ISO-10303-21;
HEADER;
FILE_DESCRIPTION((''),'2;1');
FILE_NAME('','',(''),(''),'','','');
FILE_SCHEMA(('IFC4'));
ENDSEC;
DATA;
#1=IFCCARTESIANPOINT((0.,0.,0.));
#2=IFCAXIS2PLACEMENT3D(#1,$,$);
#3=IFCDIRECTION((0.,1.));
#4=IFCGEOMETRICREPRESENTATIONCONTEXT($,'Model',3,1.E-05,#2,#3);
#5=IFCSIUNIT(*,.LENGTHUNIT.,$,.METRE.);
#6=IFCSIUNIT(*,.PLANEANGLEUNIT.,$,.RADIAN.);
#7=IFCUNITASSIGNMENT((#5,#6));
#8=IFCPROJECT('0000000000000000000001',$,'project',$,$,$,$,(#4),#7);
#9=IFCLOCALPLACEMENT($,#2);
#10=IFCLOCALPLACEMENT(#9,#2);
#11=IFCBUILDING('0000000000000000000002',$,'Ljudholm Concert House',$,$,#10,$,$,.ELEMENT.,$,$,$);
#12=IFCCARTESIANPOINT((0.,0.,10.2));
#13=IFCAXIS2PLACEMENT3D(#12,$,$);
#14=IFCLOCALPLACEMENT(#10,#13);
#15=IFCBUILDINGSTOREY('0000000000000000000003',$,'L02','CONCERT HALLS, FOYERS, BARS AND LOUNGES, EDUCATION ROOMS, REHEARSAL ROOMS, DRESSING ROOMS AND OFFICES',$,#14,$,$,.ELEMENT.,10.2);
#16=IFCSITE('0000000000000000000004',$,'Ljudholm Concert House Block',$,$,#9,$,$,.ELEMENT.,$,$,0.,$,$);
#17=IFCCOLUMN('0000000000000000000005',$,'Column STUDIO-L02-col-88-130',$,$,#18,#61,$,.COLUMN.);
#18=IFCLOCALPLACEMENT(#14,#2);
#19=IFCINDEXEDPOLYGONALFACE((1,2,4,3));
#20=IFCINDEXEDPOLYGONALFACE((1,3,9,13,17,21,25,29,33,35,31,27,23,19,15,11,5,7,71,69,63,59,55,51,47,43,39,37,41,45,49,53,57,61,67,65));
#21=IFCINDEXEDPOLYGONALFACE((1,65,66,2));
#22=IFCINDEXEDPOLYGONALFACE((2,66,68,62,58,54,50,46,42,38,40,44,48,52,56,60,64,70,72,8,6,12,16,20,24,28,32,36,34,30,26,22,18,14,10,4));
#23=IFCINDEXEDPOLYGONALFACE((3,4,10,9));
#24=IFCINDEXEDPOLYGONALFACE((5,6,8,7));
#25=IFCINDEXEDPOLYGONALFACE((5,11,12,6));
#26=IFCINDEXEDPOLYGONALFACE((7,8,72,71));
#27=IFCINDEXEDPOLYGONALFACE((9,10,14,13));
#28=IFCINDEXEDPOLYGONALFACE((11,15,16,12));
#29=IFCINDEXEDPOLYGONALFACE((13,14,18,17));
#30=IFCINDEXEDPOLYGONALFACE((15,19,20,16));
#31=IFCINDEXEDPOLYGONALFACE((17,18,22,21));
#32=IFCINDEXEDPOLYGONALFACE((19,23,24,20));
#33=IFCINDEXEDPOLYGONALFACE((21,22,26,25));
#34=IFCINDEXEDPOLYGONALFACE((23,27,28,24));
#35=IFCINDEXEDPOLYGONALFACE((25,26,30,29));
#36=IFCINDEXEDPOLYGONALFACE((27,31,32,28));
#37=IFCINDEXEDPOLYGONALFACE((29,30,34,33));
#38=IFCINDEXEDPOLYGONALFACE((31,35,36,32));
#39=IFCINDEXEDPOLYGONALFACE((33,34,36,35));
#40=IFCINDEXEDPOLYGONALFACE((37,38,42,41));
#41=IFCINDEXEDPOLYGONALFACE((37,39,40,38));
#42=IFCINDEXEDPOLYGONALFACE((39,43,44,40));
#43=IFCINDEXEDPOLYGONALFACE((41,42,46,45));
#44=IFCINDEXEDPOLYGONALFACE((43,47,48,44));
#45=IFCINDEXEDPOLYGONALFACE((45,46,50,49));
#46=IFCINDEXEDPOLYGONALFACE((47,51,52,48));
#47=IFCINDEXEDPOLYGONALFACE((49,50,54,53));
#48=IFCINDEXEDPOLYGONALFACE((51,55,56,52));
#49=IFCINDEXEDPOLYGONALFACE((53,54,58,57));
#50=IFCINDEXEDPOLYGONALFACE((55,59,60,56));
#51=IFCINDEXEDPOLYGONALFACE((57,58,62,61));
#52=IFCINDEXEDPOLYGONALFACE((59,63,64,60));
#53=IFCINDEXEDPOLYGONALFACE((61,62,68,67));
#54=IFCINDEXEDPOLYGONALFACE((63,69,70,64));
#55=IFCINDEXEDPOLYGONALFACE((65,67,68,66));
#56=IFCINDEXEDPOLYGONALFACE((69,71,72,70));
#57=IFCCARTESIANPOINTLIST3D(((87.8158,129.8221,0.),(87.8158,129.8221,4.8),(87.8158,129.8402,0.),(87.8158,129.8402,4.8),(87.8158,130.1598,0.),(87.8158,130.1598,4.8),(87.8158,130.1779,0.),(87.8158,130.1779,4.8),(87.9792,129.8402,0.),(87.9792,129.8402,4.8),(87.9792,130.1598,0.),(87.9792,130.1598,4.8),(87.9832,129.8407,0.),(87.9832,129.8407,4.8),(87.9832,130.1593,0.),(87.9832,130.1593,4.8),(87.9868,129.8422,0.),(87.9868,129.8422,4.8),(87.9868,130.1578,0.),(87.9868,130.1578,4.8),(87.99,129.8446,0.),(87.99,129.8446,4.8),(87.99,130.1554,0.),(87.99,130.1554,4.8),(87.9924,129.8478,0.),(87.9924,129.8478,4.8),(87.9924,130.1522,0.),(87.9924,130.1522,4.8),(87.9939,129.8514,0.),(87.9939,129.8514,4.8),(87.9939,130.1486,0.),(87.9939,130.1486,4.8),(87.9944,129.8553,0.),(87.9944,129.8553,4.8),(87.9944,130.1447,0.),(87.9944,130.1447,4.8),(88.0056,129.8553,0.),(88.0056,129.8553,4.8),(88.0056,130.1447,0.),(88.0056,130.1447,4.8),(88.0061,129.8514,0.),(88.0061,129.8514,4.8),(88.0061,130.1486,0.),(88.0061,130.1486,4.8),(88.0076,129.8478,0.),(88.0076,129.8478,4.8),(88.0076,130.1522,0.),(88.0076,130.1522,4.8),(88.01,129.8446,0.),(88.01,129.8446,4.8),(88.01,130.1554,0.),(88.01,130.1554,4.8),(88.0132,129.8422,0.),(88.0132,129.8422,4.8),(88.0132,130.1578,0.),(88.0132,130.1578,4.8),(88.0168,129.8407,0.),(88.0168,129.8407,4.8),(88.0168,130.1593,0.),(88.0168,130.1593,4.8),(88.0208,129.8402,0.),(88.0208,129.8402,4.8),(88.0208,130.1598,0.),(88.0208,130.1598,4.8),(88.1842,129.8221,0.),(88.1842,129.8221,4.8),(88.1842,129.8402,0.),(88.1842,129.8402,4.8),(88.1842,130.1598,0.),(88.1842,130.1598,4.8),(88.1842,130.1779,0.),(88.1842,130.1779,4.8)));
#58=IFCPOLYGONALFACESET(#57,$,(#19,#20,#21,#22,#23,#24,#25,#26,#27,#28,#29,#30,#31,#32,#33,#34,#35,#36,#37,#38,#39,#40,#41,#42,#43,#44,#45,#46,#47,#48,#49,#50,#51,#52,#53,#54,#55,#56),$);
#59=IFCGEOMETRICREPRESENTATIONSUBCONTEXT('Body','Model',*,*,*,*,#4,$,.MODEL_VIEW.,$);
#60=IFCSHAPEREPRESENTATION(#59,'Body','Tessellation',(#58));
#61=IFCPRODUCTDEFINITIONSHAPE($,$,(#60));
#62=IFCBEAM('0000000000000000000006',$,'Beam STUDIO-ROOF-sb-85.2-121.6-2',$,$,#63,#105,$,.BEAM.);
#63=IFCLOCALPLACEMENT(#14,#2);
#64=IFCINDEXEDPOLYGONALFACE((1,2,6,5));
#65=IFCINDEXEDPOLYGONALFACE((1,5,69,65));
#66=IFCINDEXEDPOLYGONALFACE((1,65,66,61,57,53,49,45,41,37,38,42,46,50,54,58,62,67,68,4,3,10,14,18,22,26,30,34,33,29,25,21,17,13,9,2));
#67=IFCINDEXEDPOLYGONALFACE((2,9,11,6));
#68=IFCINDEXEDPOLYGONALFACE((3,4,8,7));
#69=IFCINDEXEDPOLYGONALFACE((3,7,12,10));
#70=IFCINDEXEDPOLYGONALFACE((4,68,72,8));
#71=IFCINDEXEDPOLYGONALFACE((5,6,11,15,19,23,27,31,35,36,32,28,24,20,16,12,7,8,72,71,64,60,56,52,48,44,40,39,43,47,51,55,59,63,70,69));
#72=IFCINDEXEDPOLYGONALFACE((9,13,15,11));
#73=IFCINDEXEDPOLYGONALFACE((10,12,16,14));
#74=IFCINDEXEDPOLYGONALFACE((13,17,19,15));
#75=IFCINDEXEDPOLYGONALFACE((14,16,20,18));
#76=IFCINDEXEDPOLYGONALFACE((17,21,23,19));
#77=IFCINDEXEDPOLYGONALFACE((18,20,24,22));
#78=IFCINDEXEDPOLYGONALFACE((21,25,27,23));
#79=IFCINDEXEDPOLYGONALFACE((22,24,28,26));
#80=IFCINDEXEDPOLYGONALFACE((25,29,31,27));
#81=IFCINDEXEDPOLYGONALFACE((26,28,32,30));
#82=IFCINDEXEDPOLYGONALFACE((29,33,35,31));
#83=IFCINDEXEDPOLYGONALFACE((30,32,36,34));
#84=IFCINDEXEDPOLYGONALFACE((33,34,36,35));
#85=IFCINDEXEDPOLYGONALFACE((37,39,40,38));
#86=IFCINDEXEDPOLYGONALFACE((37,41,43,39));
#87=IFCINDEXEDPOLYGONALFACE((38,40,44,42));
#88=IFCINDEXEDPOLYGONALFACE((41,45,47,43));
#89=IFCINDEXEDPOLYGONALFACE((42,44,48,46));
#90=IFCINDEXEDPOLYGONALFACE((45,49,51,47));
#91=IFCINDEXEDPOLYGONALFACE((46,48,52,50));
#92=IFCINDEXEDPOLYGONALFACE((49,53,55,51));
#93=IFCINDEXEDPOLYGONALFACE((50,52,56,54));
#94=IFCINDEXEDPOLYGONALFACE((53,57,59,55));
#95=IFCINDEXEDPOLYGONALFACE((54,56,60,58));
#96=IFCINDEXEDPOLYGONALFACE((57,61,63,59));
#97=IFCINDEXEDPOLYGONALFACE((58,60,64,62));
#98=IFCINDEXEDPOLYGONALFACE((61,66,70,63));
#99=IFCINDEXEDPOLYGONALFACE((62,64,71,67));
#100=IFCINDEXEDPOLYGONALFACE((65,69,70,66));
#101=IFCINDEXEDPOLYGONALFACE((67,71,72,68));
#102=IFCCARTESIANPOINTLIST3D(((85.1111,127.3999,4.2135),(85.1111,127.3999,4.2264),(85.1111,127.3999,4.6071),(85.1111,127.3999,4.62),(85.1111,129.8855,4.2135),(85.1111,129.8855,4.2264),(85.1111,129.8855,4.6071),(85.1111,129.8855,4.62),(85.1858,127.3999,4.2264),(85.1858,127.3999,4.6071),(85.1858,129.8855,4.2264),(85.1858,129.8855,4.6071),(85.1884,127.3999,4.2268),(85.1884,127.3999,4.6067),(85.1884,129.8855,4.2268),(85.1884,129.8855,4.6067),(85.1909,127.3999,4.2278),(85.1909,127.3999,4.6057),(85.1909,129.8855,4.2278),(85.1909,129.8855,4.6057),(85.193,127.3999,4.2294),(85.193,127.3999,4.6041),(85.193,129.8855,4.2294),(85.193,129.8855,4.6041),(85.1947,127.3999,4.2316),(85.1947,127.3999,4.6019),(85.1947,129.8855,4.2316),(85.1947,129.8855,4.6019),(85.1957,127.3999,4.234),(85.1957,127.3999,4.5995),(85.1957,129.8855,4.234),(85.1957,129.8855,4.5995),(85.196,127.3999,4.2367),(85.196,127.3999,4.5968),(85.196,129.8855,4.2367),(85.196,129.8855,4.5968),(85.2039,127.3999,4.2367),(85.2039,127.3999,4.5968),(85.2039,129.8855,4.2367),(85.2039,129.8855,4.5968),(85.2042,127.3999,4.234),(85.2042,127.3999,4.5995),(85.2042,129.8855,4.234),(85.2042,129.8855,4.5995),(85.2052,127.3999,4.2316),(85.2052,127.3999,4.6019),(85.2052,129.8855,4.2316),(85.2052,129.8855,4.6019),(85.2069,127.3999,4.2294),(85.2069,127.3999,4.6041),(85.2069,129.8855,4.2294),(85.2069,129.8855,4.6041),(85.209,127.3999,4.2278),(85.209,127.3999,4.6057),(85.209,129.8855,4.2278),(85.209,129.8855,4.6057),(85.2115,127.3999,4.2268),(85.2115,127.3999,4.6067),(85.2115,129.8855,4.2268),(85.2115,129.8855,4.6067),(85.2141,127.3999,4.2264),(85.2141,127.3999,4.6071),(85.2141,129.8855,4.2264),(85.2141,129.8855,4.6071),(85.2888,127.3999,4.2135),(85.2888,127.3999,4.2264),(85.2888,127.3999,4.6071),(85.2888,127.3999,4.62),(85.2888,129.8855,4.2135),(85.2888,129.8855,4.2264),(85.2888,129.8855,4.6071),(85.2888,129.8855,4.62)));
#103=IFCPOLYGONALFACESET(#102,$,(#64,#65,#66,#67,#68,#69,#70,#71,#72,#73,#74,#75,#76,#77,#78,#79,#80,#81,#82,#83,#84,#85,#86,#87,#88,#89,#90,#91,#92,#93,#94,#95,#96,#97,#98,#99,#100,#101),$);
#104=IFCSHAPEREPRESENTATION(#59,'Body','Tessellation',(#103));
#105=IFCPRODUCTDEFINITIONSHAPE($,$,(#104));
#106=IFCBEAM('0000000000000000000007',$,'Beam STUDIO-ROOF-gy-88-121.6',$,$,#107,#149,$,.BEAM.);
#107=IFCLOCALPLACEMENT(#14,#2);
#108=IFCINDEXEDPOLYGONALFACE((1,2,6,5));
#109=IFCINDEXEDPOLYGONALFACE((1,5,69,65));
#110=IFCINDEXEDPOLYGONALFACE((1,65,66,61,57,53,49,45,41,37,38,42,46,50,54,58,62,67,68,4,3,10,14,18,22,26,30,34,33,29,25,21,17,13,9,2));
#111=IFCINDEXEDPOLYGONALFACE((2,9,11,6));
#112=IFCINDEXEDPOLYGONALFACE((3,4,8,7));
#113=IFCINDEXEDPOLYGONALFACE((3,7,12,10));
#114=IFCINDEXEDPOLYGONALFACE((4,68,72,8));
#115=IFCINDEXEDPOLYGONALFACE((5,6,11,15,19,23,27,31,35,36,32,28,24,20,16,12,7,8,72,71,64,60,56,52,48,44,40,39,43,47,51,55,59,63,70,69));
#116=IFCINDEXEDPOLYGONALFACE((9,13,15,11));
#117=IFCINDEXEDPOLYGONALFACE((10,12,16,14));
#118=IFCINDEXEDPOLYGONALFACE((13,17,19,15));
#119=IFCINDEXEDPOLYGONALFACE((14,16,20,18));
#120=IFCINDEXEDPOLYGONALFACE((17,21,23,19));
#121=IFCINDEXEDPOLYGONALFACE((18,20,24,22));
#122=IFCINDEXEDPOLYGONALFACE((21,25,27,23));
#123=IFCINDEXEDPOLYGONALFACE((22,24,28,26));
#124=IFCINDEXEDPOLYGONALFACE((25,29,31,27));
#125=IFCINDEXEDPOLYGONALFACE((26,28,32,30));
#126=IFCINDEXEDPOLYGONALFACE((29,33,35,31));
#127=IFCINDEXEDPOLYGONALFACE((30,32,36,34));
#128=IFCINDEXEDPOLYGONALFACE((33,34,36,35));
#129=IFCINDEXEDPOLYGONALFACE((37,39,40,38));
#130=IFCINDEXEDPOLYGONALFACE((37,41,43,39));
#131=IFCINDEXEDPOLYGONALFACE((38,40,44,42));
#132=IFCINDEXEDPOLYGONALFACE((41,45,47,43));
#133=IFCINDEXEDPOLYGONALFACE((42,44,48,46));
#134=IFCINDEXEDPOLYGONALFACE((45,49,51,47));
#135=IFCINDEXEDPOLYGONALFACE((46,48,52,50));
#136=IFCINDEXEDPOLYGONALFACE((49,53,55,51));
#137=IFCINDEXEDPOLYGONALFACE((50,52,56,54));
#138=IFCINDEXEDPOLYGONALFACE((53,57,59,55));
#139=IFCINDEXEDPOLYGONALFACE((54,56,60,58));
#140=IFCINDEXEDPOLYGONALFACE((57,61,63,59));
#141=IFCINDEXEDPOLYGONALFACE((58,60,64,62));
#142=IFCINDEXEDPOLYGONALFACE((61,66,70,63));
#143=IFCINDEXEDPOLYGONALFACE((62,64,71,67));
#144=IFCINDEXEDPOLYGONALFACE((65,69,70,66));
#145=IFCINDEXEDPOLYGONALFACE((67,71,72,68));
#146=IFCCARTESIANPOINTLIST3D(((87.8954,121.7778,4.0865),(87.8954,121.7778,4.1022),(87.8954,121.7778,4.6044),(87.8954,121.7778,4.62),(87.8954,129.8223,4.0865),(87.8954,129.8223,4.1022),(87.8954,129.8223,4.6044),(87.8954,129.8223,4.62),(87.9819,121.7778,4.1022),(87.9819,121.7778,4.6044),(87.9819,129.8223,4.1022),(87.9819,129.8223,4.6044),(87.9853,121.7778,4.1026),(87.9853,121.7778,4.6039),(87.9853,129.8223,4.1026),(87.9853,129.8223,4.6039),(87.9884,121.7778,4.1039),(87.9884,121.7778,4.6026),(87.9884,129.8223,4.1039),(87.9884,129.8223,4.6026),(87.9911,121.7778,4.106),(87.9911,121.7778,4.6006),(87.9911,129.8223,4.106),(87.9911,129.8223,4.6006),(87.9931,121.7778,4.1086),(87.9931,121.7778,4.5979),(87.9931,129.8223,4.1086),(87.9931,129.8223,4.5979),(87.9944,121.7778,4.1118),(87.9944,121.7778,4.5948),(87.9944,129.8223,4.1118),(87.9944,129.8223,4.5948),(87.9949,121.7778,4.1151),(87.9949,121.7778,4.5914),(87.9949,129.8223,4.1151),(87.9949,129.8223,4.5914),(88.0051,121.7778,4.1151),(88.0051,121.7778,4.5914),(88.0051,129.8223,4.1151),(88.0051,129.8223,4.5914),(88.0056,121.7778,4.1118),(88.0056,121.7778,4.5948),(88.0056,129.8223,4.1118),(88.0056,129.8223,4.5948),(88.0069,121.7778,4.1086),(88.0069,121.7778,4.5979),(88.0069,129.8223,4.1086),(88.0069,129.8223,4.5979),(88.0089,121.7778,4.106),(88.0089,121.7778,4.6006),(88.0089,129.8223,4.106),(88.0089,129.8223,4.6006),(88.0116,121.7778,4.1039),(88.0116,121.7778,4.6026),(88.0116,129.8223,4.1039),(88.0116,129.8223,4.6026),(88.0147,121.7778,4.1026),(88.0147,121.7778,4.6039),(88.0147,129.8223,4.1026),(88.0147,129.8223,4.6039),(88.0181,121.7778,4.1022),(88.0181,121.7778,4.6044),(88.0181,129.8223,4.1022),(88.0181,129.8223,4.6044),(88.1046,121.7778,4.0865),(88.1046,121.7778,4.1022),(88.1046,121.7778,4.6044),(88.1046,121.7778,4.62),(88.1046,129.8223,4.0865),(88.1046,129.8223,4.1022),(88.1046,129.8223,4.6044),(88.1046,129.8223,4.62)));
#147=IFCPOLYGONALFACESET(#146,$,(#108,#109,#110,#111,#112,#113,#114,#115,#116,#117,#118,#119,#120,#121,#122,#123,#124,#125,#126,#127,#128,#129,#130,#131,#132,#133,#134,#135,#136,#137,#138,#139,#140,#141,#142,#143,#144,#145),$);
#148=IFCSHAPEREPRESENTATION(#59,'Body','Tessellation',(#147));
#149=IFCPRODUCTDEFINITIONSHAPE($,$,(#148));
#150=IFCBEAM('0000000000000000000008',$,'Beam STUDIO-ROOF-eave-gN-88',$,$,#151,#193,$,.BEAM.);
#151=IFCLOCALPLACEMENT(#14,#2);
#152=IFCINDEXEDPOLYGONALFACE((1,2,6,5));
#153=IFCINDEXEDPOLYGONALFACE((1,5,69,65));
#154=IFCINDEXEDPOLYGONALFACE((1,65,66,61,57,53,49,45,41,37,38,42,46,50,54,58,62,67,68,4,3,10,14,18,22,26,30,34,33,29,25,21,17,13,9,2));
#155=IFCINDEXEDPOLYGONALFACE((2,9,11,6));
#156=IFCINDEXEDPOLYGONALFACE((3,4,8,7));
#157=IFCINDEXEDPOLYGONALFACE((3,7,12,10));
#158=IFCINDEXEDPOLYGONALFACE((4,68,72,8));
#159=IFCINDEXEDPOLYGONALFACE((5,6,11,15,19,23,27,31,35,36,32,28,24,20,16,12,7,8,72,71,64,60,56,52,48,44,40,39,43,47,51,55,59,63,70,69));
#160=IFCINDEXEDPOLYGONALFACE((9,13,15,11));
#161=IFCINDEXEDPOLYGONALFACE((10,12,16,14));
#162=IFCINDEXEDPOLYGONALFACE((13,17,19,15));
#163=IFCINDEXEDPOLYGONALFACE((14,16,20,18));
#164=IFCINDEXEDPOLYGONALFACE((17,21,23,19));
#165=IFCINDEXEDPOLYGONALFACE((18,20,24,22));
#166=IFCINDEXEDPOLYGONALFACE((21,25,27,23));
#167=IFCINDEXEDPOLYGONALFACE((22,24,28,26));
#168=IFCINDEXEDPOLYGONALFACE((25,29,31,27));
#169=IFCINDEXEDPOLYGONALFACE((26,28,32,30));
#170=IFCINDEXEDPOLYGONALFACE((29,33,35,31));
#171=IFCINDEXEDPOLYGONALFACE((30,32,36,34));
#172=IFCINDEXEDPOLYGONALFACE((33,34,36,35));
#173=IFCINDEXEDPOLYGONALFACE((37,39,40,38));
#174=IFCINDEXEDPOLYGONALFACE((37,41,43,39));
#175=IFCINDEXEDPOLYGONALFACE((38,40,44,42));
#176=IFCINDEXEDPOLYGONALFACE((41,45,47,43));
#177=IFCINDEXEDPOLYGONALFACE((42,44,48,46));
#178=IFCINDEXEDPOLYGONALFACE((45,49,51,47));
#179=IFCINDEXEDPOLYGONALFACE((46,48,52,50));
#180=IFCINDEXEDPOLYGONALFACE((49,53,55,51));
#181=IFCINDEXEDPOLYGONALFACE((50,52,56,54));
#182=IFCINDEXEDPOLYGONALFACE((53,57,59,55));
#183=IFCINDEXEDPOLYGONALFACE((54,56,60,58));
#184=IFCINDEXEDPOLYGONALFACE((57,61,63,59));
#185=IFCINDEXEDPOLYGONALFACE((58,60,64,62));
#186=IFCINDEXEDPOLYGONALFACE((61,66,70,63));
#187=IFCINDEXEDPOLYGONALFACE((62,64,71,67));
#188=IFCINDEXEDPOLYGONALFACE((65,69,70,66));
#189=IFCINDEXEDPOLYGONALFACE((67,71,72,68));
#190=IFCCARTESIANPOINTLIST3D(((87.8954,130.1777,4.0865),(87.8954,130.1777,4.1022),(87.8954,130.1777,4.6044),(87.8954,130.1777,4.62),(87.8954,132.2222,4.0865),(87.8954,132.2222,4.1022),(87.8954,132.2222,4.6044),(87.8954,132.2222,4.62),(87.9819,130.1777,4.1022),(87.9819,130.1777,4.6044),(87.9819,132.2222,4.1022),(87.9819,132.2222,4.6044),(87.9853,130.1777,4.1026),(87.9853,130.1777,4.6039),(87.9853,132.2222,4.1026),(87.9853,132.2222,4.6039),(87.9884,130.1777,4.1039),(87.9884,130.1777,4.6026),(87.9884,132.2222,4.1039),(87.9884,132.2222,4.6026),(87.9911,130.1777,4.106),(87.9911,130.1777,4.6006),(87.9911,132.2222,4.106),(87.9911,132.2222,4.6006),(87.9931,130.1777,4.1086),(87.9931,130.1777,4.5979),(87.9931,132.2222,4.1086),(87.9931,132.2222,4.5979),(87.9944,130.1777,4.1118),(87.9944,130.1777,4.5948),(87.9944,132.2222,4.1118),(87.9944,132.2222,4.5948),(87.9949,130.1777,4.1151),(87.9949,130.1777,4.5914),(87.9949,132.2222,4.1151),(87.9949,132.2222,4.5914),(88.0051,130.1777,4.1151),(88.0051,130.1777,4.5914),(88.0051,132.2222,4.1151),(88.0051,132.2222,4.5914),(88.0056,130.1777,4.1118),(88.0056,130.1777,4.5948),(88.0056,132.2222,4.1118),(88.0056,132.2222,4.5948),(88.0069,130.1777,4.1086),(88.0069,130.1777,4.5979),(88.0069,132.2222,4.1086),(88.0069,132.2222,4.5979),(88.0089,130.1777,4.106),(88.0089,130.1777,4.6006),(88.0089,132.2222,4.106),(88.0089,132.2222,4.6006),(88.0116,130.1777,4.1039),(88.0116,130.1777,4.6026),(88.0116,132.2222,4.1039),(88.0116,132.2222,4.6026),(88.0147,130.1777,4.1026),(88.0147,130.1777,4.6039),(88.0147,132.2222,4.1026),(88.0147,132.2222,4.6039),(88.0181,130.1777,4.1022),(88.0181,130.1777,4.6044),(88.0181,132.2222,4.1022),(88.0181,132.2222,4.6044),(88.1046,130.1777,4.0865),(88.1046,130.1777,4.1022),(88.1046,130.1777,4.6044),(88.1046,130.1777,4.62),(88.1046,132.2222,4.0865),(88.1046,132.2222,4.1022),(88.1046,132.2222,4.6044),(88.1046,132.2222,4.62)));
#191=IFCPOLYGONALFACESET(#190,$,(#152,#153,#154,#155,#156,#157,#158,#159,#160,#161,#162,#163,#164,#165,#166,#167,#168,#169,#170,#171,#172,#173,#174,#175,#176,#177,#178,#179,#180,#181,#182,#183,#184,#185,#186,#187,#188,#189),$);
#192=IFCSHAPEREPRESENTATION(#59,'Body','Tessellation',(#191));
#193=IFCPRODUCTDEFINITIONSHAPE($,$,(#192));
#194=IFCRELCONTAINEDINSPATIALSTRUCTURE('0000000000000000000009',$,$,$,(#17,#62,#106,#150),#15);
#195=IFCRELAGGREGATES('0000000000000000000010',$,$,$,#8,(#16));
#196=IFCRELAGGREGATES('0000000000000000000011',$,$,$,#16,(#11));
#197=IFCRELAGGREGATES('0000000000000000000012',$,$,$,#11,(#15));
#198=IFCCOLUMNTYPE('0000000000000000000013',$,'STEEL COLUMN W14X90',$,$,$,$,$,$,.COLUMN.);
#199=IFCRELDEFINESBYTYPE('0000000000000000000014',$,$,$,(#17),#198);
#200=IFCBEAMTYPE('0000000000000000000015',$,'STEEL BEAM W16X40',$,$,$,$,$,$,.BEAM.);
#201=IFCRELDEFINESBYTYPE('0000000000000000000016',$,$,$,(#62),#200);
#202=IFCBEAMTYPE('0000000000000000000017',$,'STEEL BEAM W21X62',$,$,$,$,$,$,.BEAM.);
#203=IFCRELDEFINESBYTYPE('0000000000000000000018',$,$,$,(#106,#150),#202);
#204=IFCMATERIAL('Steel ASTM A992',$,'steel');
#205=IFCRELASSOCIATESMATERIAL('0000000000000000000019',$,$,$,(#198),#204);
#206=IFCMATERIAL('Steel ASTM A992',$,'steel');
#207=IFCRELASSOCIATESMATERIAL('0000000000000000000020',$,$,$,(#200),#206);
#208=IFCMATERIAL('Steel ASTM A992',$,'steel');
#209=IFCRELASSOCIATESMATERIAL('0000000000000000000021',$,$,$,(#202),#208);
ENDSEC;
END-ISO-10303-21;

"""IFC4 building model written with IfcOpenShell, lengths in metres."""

from ifc_helpers import new_model, si_unit, direction, frame, origin, origin_2d, place, context, subcontext, project, spatial, i_section, extrude, material, material_profile, profile_set, type_object, element, save


model = new_model("IFC4")

# Units and contexts
model_context = context("Model", 3, precision=1e-05, world=origin(), true_north=direction((0.0, 1.0)))
body_context = subcontext(model_context, "Body", "Model", "MODEL_VIEW")
ifc_project = project(units=[si_unit("LENGTHUNIT", "METRE"), si_unit("PLANEANGLEUNIT", "RADIAN")], contexts=[model_context])

# Site, building, storey
site_placement = place(None, origin())
site = spatial("IfcSite", under=ifc_project, at=site_placement, Name="Ljudholm Concert House Block", CompositionType="ELEMENT", RefElevation=0.0)
building_placement = place(site_placement, origin())
building = spatial("IfcBuilding", under=site, at=building_placement, Name="Ljudholm Concert House", CompositionType="ELEMENT")
storey_placement = place(building_placement, frame((0.0, 0.0, 10.2)))
storey = spatial("IfcBuildingStorey", under=building, at=storey_placement, Name="L02", Description="CONCERT HALLS, FOYERS, BARS AND LOUNGES, EDUCATION ROOMS, REHEARSAL ROOMS, DRESSING ROOMS AND OFFICES", CompositionType="ELEMENT", Elevation=10.2)

# Column
ifc_material_1 = material(Name="Steel ASTM A992", Category="steel")
ifc_material_profile_1 = material_profile(ifc_material_1, i_section(OverallWidth=0.3684, OverallDepth=0.3557, WebThickness=0.0112, FlangeThickness=0.0181, FilletRadius=0.0151, at=origin_2d()), Name="W14X90")
ifc_profile_set_1 = profile_set([ifc_material_profile_1], Name="Steel ASTM A992")
column_type = type_object("IfcColumnType", Name="STEEL COLUMN W14X90", PredefinedType="COLUMN", material=ifc_profile_set_1)
column_placement = place(storey_placement, frame((88.0, 130.0, 0.0), z_axis=(0.0, 0.0, 1.0), x_axis=(1.0, 0.0, 0.0)))
element("IfcColumn", 1, at=column_placement, inside=storey, type_object=column_type, Name="Column STUDIO-L02-col-88-130", PredefinedType="COLUMN", context=body_context, shape_type="SweptSolid", body=[
    extrude(i_section(OverallWidth=0.3684, OverallDepth=0.3557, WebThickness=0.0112, FlangeThickness=0.0181, FilletRadius=0.0151, at=origin_2d()), origin(), (0.0, 0.0, 1.0), 4.8),
])

# Beams
ifc_material_2 = material(Name="Steel ASTM A992", Category="steel")
ifc_material_profile_2 = material_profile(ifc_material_2, i_section(OverallWidth=0.1777, OverallDepth=0.4065, WebThickness=0.0078, FlangeThickness=0.0129, FilletRadius=0.0103, at=origin_2d()), Name="W16X40")
ifc_profile_set_2 = profile_set([ifc_material_profile_2], Name="Steel ASTM A992")
beam_type_1 = type_object("IfcBeamType", Name="STEEL BEAM W16X40", PredefinedType="BEAM", material=ifc_profile_set_2)
beam_1_placement = place(storey_placement, frame((85.2, 127.3999, 4.4167), z_axis=(0.0, 1.0, 0.0), x_axis=(-1.0, 0.0, 0.0)))
element("IfcBeam", 2, at=beam_1_placement, inside=storey, type_object=beam_type_1, Name="Beam STUDIO-ROOF-sb-85.2-121.6-2", PredefinedType="BEAM", context=body_context, shape_type="SweptSolid", body=[
    extrude(i_section(OverallWidth=0.1777, OverallDepth=0.4065, WebThickness=0.0078, FlangeThickness=0.0129, FilletRadius=0.0103, at=origin_2d()), origin(), (0.0, 0.0, 1.0), 2.4856),
])
ifc_material_3 = material(Name="Steel ASTM A992", Category="steel")
ifc_material_profile_3 = material_profile(ifc_material_3, i_section(OverallWidth=0.2092, OverallDepth=0.5334, WebThickness=0.0103, FlangeThickness=0.0156, FilletRadius=0.0129, at=origin_2d()), Name="W21X62")
ifc_profile_set_3 = profile_set([ifc_material_profile_3], Name="Steel ASTM A992")
beam_type_2 = type_object("IfcBeamType", Name="STEEL BEAM W21X62", PredefinedType="BEAM", material=ifc_profile_set_3)
beam_2_placement = place(storey_placement, frame((88.0, 121.7778, 4.3533), z_axis=(0.0, 1.0, 0.0), x_axis=(-1.0, 0.0, 0.0)))
element("IfcBeam", 3, at=beam_2_placement, inside=storey, type_object=beam_type_2, Name="Beam STUDIO-ROOF-gy-88-121.6", PredefinedType="BEAM", context=body_context, shape_type="SweptSolid", body=[
    extrude(i_section(OverallWidth=0.2092, OverallDepth=0.5334, WebThickness=0.0103, FlangeThickness=0.0156, FilletRadius=0.0129, at=origin_2d()), origin(), (0.0, 0.0, 1.0), 8.0444),
])
beam_3_placement = place(storey_placement, frame((88.0, 130.1777, 4.3533), z_axis=(0.0, 1.0, 0.0), x_axis=(-1.0, 0.0, 0.0)))
element("IfcBeam", 4, at=beam_3_placement, inside=storey, type_object=beam_type_2, Name="Beam STUDIO-ROOF-eave-gN-88", PredefinedType="BEAM", context=body_context, shape_type="SweptSolid", body=[
    extrude(i_section(OverallWidth=0.2092, OverallDepth=0.5334, WebThickness=0.0103, FlangeThickness=0.0156, FilletRadius=0.0129, at=origin_2d()), origin(), (0.0, 0.0, 1.0), 2.0444),
])

save(model, "model.ifc")
